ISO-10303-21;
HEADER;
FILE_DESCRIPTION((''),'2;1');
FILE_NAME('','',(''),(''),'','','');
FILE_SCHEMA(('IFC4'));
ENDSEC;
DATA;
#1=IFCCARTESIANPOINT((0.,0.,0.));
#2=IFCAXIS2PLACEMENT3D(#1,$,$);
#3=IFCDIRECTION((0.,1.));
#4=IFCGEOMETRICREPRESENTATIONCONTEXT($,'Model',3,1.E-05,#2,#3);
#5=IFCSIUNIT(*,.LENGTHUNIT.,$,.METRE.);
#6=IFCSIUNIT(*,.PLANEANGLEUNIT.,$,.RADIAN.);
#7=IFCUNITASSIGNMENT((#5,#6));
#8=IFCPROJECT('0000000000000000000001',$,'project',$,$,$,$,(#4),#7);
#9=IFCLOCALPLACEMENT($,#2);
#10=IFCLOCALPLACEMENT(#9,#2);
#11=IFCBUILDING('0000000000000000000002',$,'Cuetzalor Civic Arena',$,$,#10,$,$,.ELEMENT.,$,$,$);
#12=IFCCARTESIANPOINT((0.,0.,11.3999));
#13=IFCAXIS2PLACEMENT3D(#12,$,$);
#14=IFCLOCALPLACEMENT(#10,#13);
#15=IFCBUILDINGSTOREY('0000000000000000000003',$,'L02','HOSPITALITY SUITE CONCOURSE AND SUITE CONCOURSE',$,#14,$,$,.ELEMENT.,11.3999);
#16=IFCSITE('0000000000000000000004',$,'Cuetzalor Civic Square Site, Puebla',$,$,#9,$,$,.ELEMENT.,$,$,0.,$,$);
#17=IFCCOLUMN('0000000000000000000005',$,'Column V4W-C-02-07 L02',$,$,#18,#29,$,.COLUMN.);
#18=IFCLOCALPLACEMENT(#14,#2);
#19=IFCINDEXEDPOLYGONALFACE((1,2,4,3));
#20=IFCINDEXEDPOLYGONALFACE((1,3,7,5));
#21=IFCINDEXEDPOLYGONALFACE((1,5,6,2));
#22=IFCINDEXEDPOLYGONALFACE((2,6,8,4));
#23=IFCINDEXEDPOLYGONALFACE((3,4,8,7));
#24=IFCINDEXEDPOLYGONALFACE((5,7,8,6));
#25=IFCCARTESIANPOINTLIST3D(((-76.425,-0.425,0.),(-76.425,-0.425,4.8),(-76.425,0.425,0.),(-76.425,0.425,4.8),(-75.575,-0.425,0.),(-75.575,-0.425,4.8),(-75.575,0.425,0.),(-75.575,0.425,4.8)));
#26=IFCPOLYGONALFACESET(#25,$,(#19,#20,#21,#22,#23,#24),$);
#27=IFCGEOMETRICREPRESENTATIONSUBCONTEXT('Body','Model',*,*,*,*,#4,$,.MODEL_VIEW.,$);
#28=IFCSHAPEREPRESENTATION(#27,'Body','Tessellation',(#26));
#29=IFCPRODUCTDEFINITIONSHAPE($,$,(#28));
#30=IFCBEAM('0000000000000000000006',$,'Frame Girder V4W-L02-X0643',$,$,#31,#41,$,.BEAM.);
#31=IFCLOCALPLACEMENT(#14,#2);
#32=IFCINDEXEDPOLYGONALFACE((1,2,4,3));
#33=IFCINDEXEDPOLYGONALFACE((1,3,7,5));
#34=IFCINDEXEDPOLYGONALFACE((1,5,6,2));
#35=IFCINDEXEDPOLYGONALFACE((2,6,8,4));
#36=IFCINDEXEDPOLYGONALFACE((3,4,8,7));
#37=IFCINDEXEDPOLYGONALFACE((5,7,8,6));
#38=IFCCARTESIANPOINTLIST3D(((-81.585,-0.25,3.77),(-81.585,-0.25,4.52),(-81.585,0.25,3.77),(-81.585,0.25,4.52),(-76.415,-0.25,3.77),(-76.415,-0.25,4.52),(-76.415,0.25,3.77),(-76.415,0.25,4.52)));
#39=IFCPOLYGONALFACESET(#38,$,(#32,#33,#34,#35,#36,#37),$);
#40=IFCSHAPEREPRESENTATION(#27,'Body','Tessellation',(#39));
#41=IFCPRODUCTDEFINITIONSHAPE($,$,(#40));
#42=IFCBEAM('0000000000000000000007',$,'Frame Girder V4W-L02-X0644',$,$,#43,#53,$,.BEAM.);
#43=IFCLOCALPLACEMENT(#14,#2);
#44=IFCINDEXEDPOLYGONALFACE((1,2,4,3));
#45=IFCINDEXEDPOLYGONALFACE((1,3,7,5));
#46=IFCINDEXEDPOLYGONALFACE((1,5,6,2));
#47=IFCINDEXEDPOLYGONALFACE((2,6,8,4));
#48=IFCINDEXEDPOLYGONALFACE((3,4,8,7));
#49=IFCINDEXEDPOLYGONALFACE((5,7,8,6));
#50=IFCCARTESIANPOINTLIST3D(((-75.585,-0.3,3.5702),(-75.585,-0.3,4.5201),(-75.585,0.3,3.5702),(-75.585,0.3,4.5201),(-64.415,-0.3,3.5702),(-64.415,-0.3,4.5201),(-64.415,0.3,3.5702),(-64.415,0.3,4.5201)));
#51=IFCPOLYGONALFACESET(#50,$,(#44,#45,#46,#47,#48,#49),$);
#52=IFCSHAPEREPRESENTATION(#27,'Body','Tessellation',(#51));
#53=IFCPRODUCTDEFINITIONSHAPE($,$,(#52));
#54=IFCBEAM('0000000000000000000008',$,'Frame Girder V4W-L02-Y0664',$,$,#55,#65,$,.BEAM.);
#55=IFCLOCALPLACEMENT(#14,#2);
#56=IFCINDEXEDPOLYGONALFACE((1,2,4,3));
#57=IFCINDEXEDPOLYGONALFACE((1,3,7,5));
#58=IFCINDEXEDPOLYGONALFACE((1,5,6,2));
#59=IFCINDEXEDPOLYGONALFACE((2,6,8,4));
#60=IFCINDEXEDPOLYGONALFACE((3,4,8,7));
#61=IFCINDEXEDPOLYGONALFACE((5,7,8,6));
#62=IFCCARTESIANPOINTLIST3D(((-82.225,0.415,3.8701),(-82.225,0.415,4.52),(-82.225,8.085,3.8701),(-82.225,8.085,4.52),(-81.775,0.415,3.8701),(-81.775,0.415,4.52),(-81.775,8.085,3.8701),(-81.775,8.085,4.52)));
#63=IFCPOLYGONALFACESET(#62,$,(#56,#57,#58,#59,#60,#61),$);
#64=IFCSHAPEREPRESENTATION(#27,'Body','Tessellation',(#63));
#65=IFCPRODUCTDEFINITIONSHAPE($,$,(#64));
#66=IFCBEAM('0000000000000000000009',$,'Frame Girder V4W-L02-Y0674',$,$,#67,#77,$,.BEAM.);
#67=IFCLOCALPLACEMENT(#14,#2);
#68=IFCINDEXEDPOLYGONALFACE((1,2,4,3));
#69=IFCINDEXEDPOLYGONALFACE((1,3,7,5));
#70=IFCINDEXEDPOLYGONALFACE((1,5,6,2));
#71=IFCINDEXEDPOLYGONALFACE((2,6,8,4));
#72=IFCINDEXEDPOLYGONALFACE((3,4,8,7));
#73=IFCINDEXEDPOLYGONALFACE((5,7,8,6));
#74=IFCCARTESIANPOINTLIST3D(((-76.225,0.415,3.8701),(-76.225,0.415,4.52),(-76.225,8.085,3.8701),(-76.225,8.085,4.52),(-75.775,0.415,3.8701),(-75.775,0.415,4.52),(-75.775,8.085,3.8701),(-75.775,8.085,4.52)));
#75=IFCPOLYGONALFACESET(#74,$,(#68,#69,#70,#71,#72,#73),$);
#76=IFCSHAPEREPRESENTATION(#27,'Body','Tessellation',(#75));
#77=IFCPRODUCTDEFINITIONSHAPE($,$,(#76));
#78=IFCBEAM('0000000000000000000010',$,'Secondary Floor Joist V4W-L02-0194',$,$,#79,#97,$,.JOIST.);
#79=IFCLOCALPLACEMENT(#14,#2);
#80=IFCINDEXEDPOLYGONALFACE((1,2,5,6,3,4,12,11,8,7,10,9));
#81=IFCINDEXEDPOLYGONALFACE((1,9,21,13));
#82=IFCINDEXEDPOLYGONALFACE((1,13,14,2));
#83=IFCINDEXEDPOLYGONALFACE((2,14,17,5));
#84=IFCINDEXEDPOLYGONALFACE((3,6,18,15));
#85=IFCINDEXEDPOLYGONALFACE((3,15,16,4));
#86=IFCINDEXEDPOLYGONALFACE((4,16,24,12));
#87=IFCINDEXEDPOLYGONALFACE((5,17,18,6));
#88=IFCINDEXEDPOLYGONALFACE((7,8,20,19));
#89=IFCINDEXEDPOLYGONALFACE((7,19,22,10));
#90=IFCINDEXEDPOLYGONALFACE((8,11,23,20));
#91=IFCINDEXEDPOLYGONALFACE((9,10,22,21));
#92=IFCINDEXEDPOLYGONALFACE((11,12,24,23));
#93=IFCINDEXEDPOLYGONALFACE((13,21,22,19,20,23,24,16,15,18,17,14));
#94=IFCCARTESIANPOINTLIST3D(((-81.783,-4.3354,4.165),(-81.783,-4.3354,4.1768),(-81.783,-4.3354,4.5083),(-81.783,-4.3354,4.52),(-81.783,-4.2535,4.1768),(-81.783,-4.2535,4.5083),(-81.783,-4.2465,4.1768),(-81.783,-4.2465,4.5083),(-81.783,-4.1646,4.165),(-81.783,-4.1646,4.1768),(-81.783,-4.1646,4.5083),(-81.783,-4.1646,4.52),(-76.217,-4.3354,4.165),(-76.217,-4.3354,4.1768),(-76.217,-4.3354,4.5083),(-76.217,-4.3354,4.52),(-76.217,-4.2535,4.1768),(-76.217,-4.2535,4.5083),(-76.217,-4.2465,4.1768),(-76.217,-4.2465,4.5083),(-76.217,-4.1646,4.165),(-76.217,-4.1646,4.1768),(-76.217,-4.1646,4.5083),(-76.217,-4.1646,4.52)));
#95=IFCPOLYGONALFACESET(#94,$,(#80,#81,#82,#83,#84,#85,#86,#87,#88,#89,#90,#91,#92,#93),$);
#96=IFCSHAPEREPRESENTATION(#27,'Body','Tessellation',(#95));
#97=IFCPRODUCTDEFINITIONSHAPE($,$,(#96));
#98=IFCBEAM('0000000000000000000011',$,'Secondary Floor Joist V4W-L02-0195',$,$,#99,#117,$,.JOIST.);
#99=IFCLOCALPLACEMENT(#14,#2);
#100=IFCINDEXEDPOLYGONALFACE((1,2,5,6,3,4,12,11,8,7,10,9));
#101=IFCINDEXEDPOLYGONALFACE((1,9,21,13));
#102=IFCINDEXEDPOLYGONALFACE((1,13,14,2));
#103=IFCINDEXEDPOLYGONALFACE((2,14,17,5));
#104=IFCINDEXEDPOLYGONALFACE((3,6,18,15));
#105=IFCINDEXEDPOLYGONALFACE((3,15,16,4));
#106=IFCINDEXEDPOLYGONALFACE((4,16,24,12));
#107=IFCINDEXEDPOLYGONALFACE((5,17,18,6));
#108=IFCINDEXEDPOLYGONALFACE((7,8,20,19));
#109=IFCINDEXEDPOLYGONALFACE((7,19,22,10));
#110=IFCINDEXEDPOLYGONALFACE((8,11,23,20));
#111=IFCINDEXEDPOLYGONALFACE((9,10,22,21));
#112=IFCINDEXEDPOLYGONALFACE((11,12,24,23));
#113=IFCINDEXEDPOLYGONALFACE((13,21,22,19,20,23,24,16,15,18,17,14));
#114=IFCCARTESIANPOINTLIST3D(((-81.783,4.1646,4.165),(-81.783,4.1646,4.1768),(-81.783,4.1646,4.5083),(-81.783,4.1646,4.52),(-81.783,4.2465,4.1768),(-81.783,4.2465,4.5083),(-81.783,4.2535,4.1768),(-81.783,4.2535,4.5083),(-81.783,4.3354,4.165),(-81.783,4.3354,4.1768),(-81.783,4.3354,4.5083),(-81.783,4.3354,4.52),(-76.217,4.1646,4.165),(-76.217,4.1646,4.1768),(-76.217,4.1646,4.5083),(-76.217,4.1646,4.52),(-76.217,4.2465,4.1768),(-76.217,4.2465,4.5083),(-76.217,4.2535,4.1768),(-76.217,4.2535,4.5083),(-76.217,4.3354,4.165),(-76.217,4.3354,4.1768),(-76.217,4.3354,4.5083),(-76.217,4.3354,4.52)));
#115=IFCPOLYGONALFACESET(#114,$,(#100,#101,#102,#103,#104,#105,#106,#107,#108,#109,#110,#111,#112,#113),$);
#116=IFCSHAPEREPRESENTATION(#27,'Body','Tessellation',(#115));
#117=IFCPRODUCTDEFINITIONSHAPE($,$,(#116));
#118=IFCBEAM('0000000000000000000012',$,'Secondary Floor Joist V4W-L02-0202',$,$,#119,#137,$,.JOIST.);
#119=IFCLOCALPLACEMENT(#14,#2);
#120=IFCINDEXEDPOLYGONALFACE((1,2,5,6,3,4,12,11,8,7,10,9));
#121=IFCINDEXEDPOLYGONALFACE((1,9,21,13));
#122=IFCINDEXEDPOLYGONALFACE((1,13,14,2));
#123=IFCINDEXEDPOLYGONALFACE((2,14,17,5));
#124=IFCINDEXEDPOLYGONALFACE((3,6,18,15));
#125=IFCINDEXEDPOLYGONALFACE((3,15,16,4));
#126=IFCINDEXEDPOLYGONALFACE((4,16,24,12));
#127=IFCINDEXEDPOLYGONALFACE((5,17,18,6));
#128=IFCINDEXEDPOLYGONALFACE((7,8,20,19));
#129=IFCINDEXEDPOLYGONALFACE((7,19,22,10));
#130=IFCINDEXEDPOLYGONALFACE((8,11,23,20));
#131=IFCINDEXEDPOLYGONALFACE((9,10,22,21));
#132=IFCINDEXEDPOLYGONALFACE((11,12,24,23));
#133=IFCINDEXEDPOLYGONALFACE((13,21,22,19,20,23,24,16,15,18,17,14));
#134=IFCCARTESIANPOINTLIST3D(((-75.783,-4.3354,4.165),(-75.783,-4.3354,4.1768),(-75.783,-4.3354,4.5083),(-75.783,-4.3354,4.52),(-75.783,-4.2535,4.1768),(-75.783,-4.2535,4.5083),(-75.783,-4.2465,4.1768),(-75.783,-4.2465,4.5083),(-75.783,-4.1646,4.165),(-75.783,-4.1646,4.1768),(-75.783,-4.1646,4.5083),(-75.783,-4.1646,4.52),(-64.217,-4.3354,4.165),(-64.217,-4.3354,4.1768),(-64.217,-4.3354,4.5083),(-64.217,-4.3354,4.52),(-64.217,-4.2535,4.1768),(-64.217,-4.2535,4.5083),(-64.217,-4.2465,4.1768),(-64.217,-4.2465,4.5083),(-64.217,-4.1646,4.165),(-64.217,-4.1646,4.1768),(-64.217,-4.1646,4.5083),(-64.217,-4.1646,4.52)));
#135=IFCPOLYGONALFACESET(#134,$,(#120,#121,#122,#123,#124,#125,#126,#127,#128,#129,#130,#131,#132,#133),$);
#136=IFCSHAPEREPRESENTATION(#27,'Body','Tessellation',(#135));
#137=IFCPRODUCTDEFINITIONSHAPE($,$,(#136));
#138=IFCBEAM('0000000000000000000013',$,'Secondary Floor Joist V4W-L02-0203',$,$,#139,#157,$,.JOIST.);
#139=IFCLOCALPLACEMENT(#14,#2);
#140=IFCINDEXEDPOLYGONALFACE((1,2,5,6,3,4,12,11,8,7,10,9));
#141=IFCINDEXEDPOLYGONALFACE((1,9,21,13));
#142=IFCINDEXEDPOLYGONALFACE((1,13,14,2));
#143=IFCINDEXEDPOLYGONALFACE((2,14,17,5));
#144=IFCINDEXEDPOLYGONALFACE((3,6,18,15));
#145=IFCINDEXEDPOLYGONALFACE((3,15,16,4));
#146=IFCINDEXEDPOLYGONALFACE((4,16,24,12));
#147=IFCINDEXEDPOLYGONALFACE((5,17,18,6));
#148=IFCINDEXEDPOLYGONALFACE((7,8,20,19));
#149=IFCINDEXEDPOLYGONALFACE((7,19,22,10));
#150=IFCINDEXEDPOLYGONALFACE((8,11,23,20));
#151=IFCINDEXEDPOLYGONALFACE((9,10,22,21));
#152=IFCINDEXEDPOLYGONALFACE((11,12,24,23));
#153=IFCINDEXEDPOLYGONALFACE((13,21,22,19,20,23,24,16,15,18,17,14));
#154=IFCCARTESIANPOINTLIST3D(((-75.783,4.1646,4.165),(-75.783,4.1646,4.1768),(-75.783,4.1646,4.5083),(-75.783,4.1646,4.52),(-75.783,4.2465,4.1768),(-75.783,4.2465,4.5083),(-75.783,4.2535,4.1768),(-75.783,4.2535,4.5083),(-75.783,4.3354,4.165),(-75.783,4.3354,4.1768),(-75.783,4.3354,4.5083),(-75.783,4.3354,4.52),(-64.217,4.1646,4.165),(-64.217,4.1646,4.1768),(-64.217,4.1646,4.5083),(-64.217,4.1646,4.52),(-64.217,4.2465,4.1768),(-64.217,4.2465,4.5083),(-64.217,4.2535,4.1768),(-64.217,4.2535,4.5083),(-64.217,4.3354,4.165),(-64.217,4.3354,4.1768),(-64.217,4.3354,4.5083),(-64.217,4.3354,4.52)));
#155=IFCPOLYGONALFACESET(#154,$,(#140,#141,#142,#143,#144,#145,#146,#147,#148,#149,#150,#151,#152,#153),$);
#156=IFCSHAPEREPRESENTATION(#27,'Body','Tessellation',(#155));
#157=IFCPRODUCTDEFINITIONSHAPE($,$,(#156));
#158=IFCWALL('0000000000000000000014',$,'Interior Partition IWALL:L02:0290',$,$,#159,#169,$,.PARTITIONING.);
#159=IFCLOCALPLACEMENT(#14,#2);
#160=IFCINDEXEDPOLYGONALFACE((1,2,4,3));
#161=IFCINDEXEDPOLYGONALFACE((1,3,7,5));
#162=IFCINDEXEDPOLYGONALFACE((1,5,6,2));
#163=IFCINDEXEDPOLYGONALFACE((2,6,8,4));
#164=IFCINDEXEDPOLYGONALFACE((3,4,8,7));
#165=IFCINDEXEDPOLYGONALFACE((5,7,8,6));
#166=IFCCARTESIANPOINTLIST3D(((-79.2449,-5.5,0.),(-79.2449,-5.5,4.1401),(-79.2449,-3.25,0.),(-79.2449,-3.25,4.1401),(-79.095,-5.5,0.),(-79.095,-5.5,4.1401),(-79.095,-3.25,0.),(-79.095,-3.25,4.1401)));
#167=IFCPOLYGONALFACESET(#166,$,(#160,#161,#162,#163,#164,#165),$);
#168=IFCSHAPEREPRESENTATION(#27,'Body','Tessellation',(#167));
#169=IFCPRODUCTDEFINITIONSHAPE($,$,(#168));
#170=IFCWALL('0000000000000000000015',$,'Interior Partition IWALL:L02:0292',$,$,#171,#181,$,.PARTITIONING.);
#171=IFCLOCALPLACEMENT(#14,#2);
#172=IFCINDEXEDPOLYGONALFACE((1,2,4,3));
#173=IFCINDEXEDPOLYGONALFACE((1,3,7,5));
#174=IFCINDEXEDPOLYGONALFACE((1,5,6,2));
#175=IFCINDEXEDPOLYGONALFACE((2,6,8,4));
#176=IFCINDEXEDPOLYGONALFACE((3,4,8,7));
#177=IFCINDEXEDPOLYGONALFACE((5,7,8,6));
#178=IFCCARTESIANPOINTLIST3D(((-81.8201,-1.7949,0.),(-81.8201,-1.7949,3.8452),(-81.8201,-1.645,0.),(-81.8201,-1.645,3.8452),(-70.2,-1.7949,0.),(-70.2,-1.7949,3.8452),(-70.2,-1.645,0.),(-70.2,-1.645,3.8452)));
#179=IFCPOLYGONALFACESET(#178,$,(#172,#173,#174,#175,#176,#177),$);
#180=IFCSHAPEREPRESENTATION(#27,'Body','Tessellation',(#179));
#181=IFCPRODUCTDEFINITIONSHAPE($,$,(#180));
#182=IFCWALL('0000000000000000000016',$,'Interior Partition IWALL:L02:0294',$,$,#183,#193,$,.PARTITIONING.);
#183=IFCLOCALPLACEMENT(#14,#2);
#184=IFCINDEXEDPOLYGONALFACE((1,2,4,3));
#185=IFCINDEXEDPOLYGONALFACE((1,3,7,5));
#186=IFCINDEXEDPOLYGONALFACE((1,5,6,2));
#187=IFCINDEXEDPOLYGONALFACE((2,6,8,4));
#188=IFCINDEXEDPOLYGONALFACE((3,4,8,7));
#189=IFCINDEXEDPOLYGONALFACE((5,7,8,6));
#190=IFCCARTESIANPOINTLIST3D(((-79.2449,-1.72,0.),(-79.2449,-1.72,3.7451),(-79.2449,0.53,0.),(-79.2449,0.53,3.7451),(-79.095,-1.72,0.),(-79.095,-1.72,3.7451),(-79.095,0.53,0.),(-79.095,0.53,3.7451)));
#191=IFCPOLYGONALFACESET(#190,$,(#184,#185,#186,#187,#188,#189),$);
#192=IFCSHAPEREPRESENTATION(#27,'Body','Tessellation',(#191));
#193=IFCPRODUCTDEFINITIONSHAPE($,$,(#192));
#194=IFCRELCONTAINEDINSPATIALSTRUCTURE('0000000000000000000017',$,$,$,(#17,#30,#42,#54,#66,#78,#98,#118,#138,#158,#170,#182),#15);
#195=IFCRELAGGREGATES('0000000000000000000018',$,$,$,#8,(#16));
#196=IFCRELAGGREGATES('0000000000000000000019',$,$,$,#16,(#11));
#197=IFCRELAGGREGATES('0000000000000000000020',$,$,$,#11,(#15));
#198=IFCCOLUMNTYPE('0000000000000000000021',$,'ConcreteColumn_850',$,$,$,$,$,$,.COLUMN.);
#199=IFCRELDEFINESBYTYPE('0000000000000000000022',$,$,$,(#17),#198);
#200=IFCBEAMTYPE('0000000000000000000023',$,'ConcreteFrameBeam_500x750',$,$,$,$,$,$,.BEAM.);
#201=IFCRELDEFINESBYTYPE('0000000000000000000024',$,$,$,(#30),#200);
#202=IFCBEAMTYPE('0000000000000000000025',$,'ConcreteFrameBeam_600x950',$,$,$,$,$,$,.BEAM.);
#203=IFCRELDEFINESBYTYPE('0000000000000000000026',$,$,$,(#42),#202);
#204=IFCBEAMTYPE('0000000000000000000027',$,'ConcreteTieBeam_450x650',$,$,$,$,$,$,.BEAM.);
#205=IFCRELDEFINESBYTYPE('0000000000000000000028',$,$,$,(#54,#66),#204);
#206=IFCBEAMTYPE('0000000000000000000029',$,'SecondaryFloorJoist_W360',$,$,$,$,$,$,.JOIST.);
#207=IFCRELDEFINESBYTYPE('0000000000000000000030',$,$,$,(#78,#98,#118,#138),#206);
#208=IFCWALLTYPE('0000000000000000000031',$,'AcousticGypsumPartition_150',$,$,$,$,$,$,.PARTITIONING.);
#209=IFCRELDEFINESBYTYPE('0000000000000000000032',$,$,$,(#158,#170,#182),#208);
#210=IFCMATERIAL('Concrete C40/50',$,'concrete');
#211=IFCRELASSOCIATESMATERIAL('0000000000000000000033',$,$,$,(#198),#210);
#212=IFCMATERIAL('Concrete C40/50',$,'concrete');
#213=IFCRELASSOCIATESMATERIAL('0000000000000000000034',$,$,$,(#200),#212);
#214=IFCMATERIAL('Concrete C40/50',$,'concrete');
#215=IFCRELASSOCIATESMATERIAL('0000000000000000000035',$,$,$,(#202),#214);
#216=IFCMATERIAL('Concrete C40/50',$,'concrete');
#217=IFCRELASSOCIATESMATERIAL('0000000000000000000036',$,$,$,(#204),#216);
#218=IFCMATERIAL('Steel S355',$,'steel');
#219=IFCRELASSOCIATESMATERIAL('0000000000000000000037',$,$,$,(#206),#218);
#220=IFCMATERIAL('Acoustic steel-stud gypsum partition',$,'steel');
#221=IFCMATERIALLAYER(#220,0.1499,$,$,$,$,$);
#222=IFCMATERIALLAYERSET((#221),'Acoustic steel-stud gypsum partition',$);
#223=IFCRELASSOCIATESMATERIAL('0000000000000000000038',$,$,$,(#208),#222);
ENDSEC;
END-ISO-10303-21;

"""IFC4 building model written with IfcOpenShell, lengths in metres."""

from ifc_helpers import new_model, si_unit, direction, frame, frame_2d, origin, origin_2d, place, context, subcontext, project, spatial, rectangle, i_section, extrude, material, layer, layer_set, material_profile, profile_set, type_object, element, save


model = new_model("IFC4")

# Units and contexts
model_context = context("Model", 3, precision=1e-05, world=origin(), true_north=direction((0.0, 1.0)))
body_context = subcontext(model_context, "Body", "Model", "MODEL_VIEW")
ifc_project = project(units=[si_unit("LENGTHUNIT", "METRE"), si_unit("PLANEANGLEUNIT", "RADIAN")], contexts=[model_context])

# Site, building, storey
site_placement = place(None, origin())
site = spatial("IfcSite", under=ifc_project, at=site_placement, Name="Cuetzalor Civic Square Site, Puebla", CompositionType="ELEMENT", RefElevation=0.0)
building_placement = place(site_placement, origin())
building = spatial("IfcBuilding", under=site, at=building_placement, Name="Cuetzalor Civic Arena", CompositionType="ELEMENT")
storey_placement = place(building_placement, frame((0.0, 0.0, 11.3999)))
storey = spatial("IfcBuildingStorey", under=building, at=storey_placement, Name="L02", Description="HOSPITALITY SUITE CONCOURSE AND SUITE CONCOURSE", CompositionType="ELEMENT", Elevation=11.3999)

# Column
ifc_material_1 = material(Name="Concrete C40/50", Category="concrete")
ifc_material_profile_1 = material_profile(ifc_material_1, rectangle(XDim=0.8501, YDim=0.8501, at=origin_2d()), Name="RC 850x850")
ifc_profile_set_1 = profile_set([ifc_material_profile_1], Name="Concrete C40/50")
column_type = type_object("IfcColumnType", Name="ConcreteColumn_850", PredefinedType="COLUMN", material=ifc_profile_set_1)
column_placement = place(storey_placement, frame((-76.0, 0.0, 0.0), z_axis=(0.0, 0.0, 1.0), x_axis=(1.0, 0.0, 0.0)))
element("IfcColumn", 1, at=column_placement, inside=storey, type_object=column_type, Name="Column V4W-C-02-07 L02", PredefinedType="COLUMN", context=body_context, shape_type="SweptSolid", body=[
    extrude(rectangle(XDim=0.8501, YDim=0.8501, at=origin_2d()), origin(), (0.0, 0.0, 1.0), 4.8),
])

# Beams
ifc_material_2 = material(Name="Concrete C40/50", Category="concrete")
ifc_material_profile_2 = material_profile(ifc_material_2, rectangle(XDim=0.5, YDim=0.75, at=origin_2d()), Name="RC 500x750")
ifc_profile_set_2 = profile_set([ifc_material_profile_2], Name="Concrete C40/50")
beam_type_1 = type_object("IfcBeamType", Name="ConcreteFrameBeam_500x750", PredefinedType="BEAM", material=ifc_profile_set_2)
beam_1_placement = place(storey_placement, frame((-81.585, 0.0, 4.145), z_axis=(1.0, 0.0, 0.0), x_axis=(0.0, 1.0, 0.0)))
element("IfcBeam", 2, at=beam_1_placement, inside=storey, type_object=beam_type_1, Name="Frame Girder V4W-L02-X0643", PredefinedType="BEAM", context=body_context, shape_type="SweptSolid", body=[
    extrude(rectangle(XDim=0.5, YDim=0.75, at=origin_2d()), origin(), (0.0, 0.0, 1.0), 5.1699),
])
ifc_material_3 = material(Name="Concrete C40/50", Category="concrete")
ifc_material_profile_3 = material_profile(ifc_material_3, rectangle(XDim=0.6001, YDim=0.95, at=origin_2d()), Name="RC 600x950")
ifc_profile_set_3 = profile_set([ifc_material_profile_3], Name="Concrete C40/50")
beam_type_2 = type_object("IfcBeamType", Name="ConcreteFrameBeam_600x950", PredefinedType="BEAM", material=ifc_profile_set_3)
beam_2_placement = place(storey_placement, frame((-75.585, 0.0, 4.0452), z_axis=(1.0, 0.0, 0.0), x_axis=(0.0, 1.0, 0.0)))
element("IfcBeam", 3, at=beam_2_placement, inside=storey, type_object=beam_type_2, Name="Frame Girder V4W-L02-X0644", PredefinedType="BEAM", context=body_context, shape_type="SweptSolid", body=[
    extrude(rectangle(XDim=0.6001, YDim=0.95, at=origin_2d()), origin(), (0.0, 0.0, 1.0), 11.1699),
])
ifc_material_4 = material(Name="Concrete C40/50", Category="concrete")
ifc_material_profile_4 = material_profile(ifc_material_4, rectangle(XDim=0.45, YDim=0.6499, at=origin_2d()), Name="RC 450x650")
ifc_profile_set_4 = profile_set([ifc_material_profile_4], Name="Concrete C40/50")
beam_type_3 = type_object("IfcBeamType", Name="ConcreteTieBeam_450x650", PredefinedType="BEAM", material=ifc_profile_set_4)
for number, where, z_axis, x_axis, name in (
    (4, (-82.0, 0.415, 4.1951), (0.0, 1.0, 0.0), (-1.0, 0.0, 0.0), "Frame Girder V4W-L02-Y0664"),
    (5, (-76.0, 0.415, 4.1951), (0.0, 1.0, 0.0), (-1.0, 0.0, 0.0), "Frame Girder V4W-L02-Y0674"),
):
    element("IfcBeam", number, at=place(storey_placement, frame(where, z_axis=z_axis, x_axis=x_axis)), inside=storey, type_object=beam_type_3, Name=name, PredefinedType="BEAM", context=body_context, shape_type="SweptSolid", body=[
        extrude(rectangle(XDim=0.45, YDim=0.6499, at=origin_2d()), origin(), (0.0, 0.0, 1.0), 7.6699),
    ])
ifc_material_5 = material(Name="Steel S355", Category="steel")
ifc_material_profile_5 = material_profile(ifc_material_5, i_section(OverallWidth=0.1709, OverallDepth=0.355, WebThickness=0.0071, FlangeThickness=0.0117, at=origin_2d()), Name="W360x51")
ifc_profile_set_5 = profile_set([ifc_material_profile_5], Name="Steel S355")
beam_type_4 = type_object("IfcBeamType", Name="SecondaryFloorJoist_W360", PredefinedType="JOIST", material=ifc_profile_set_5)
for number, where, z_axis, x_axis, name in (
    (6, (-81.783, -4.25, 4.3425), (1.0, 0.0, 0.0), (0.0, 1.0, 0.0), "Secondary Floor Joist V4W-L02-0194"),
    (7, (-81.783, 4.25, 4.3425), (1.0, 0.0, 0.0), (0.0, 1.0, 0.0), "Secondary Floor Joist V4W-L02-0195"),
):
    element("IfcBeam", number, at=place(storey_placement, frame(where, z_axis=z_axis, x_axis=x_axis)), inside=storey, type_object=beam_type_4, Name=name, PredefinedType="JOIST", context=body_context, shape_type="SweptSolid", body=[
        extrude(i_section(OverallWidth=0.1709, OverallDepth=0.355, WebThickness=0.0071, FlangeThickness=0.0117, at=origin_2d()), origin(), (0.0, 0.0, 1.0), 5.5659),
    ])
for number, where, z_axis, x_axis, name in (
    (8, (-75.783, -4.25, 4.3425), (1.0, 0.0, 0.0), (0.0, 1.0, 0.0), "Secondary Floor Joist V4W-L02-0202"),
    (9, (-75.783, 4.25, 4.3425), (1.0, 0.0, 0.0), (0.0, 1.0, 0.0), "Secondary Floor Joist V4W-L02-0203"),
):
    element("IfcBeam", number, at=place(storey_placement, frame(where, z_axis=z_axis, x_axis=x_axis)), inside=storey, type_object=beam_type_4, Name=name, PredefinedType="JOIST", context=body_context, shape_type="SweptSolid", body=[
        extrude(i_section(OverallWidth=0.1709, OverallDepth=0.355, WebThickness=0.0071, FlangeThickness=0.0117, at=origin_2d()), origin(), (0.0, 0.0, 1.0), 11.5659),
    ])

# Shared definitions
ifc_material_6 = material(Name="Acoustic steel-stud gypsum partition", Category="steel")
ifc_layer_1 = layer(ifc_material_6, 0.1499)
ifc_layer_set_1 = layer_set([ifc_layer_1], Name="Acoustic steel-stud gypsum partition")
wall_type_1 = type_object("IfcWallType", Name="AcousticGypsumPartition_150", PredefinedType="PARTITIONING", material=ifc_layer_set_1)

# Walls
wall_1_placement = place(storey_placement, frame((-79.1699, -3.25, 0.0), z_axis=(0.0, 0.0, 1.0), x_axis=(0.0, -1.0, 0.0)))
element("IfcWall", 10, at=wall_1_placement, inside=storey, type_object=wall_type_1, Name="Interior Partition IWALL:L02:0290", PredefinedType="PARTITIONING", context=body_context, shape_type="SweptSolid", body=[
    extrude(rectangle(XDim=2.25, YDim=0.1499, at=frame_2d((1.125, 0.0))), origin(), (0.0, 0.0, 1.0), 4.1401),
])
wall_2_placement = place(storey_placement, frame((-81.8201, -1.72, 0.0), z_axis=(0.0, 0.0, 1.0), x_axis=(1.0, 0.0, 0.0)))
element("IfcWall", 11, at=wall_2_placement, inside=storey, type_object=wall_type_1, Name="Interior Partition IWALL:L02:0292", PredefinedType="PARTITIONING", context=body_context, shape_type="SweptSolid", body=[
    extrude(rectangle(XDim=11.6201, YDim=0.1499, at=frame_2d((5.8101, 0.0))), origin(), (0.0, 0.0, 1.0), 3.8452),
])

# Wall
wall_3_placement = place(storey_placement, frame((-79.1699, 0.53, 0.0), z_axis=(0.0, 0.0, 1.0), x_axis=(0.0, -1.0, 0.0)))
element("IfcWall", 12, at=wall_3_placement, inside=storey, type_object=wall_type_1, Name="Interior Partition IWALL:L02:0294", PredefinedType="PARTITIONING", context=body_context, shape_type="SweptSolid", body=[
    extrude(rectangle(XDim=2.25, YDim=0.1499, at=frame_2d((1.125, 0.0))), origin(), (0.0, 0.0, 1.0), 3.7451),
])

save(model, "model.ifc")
